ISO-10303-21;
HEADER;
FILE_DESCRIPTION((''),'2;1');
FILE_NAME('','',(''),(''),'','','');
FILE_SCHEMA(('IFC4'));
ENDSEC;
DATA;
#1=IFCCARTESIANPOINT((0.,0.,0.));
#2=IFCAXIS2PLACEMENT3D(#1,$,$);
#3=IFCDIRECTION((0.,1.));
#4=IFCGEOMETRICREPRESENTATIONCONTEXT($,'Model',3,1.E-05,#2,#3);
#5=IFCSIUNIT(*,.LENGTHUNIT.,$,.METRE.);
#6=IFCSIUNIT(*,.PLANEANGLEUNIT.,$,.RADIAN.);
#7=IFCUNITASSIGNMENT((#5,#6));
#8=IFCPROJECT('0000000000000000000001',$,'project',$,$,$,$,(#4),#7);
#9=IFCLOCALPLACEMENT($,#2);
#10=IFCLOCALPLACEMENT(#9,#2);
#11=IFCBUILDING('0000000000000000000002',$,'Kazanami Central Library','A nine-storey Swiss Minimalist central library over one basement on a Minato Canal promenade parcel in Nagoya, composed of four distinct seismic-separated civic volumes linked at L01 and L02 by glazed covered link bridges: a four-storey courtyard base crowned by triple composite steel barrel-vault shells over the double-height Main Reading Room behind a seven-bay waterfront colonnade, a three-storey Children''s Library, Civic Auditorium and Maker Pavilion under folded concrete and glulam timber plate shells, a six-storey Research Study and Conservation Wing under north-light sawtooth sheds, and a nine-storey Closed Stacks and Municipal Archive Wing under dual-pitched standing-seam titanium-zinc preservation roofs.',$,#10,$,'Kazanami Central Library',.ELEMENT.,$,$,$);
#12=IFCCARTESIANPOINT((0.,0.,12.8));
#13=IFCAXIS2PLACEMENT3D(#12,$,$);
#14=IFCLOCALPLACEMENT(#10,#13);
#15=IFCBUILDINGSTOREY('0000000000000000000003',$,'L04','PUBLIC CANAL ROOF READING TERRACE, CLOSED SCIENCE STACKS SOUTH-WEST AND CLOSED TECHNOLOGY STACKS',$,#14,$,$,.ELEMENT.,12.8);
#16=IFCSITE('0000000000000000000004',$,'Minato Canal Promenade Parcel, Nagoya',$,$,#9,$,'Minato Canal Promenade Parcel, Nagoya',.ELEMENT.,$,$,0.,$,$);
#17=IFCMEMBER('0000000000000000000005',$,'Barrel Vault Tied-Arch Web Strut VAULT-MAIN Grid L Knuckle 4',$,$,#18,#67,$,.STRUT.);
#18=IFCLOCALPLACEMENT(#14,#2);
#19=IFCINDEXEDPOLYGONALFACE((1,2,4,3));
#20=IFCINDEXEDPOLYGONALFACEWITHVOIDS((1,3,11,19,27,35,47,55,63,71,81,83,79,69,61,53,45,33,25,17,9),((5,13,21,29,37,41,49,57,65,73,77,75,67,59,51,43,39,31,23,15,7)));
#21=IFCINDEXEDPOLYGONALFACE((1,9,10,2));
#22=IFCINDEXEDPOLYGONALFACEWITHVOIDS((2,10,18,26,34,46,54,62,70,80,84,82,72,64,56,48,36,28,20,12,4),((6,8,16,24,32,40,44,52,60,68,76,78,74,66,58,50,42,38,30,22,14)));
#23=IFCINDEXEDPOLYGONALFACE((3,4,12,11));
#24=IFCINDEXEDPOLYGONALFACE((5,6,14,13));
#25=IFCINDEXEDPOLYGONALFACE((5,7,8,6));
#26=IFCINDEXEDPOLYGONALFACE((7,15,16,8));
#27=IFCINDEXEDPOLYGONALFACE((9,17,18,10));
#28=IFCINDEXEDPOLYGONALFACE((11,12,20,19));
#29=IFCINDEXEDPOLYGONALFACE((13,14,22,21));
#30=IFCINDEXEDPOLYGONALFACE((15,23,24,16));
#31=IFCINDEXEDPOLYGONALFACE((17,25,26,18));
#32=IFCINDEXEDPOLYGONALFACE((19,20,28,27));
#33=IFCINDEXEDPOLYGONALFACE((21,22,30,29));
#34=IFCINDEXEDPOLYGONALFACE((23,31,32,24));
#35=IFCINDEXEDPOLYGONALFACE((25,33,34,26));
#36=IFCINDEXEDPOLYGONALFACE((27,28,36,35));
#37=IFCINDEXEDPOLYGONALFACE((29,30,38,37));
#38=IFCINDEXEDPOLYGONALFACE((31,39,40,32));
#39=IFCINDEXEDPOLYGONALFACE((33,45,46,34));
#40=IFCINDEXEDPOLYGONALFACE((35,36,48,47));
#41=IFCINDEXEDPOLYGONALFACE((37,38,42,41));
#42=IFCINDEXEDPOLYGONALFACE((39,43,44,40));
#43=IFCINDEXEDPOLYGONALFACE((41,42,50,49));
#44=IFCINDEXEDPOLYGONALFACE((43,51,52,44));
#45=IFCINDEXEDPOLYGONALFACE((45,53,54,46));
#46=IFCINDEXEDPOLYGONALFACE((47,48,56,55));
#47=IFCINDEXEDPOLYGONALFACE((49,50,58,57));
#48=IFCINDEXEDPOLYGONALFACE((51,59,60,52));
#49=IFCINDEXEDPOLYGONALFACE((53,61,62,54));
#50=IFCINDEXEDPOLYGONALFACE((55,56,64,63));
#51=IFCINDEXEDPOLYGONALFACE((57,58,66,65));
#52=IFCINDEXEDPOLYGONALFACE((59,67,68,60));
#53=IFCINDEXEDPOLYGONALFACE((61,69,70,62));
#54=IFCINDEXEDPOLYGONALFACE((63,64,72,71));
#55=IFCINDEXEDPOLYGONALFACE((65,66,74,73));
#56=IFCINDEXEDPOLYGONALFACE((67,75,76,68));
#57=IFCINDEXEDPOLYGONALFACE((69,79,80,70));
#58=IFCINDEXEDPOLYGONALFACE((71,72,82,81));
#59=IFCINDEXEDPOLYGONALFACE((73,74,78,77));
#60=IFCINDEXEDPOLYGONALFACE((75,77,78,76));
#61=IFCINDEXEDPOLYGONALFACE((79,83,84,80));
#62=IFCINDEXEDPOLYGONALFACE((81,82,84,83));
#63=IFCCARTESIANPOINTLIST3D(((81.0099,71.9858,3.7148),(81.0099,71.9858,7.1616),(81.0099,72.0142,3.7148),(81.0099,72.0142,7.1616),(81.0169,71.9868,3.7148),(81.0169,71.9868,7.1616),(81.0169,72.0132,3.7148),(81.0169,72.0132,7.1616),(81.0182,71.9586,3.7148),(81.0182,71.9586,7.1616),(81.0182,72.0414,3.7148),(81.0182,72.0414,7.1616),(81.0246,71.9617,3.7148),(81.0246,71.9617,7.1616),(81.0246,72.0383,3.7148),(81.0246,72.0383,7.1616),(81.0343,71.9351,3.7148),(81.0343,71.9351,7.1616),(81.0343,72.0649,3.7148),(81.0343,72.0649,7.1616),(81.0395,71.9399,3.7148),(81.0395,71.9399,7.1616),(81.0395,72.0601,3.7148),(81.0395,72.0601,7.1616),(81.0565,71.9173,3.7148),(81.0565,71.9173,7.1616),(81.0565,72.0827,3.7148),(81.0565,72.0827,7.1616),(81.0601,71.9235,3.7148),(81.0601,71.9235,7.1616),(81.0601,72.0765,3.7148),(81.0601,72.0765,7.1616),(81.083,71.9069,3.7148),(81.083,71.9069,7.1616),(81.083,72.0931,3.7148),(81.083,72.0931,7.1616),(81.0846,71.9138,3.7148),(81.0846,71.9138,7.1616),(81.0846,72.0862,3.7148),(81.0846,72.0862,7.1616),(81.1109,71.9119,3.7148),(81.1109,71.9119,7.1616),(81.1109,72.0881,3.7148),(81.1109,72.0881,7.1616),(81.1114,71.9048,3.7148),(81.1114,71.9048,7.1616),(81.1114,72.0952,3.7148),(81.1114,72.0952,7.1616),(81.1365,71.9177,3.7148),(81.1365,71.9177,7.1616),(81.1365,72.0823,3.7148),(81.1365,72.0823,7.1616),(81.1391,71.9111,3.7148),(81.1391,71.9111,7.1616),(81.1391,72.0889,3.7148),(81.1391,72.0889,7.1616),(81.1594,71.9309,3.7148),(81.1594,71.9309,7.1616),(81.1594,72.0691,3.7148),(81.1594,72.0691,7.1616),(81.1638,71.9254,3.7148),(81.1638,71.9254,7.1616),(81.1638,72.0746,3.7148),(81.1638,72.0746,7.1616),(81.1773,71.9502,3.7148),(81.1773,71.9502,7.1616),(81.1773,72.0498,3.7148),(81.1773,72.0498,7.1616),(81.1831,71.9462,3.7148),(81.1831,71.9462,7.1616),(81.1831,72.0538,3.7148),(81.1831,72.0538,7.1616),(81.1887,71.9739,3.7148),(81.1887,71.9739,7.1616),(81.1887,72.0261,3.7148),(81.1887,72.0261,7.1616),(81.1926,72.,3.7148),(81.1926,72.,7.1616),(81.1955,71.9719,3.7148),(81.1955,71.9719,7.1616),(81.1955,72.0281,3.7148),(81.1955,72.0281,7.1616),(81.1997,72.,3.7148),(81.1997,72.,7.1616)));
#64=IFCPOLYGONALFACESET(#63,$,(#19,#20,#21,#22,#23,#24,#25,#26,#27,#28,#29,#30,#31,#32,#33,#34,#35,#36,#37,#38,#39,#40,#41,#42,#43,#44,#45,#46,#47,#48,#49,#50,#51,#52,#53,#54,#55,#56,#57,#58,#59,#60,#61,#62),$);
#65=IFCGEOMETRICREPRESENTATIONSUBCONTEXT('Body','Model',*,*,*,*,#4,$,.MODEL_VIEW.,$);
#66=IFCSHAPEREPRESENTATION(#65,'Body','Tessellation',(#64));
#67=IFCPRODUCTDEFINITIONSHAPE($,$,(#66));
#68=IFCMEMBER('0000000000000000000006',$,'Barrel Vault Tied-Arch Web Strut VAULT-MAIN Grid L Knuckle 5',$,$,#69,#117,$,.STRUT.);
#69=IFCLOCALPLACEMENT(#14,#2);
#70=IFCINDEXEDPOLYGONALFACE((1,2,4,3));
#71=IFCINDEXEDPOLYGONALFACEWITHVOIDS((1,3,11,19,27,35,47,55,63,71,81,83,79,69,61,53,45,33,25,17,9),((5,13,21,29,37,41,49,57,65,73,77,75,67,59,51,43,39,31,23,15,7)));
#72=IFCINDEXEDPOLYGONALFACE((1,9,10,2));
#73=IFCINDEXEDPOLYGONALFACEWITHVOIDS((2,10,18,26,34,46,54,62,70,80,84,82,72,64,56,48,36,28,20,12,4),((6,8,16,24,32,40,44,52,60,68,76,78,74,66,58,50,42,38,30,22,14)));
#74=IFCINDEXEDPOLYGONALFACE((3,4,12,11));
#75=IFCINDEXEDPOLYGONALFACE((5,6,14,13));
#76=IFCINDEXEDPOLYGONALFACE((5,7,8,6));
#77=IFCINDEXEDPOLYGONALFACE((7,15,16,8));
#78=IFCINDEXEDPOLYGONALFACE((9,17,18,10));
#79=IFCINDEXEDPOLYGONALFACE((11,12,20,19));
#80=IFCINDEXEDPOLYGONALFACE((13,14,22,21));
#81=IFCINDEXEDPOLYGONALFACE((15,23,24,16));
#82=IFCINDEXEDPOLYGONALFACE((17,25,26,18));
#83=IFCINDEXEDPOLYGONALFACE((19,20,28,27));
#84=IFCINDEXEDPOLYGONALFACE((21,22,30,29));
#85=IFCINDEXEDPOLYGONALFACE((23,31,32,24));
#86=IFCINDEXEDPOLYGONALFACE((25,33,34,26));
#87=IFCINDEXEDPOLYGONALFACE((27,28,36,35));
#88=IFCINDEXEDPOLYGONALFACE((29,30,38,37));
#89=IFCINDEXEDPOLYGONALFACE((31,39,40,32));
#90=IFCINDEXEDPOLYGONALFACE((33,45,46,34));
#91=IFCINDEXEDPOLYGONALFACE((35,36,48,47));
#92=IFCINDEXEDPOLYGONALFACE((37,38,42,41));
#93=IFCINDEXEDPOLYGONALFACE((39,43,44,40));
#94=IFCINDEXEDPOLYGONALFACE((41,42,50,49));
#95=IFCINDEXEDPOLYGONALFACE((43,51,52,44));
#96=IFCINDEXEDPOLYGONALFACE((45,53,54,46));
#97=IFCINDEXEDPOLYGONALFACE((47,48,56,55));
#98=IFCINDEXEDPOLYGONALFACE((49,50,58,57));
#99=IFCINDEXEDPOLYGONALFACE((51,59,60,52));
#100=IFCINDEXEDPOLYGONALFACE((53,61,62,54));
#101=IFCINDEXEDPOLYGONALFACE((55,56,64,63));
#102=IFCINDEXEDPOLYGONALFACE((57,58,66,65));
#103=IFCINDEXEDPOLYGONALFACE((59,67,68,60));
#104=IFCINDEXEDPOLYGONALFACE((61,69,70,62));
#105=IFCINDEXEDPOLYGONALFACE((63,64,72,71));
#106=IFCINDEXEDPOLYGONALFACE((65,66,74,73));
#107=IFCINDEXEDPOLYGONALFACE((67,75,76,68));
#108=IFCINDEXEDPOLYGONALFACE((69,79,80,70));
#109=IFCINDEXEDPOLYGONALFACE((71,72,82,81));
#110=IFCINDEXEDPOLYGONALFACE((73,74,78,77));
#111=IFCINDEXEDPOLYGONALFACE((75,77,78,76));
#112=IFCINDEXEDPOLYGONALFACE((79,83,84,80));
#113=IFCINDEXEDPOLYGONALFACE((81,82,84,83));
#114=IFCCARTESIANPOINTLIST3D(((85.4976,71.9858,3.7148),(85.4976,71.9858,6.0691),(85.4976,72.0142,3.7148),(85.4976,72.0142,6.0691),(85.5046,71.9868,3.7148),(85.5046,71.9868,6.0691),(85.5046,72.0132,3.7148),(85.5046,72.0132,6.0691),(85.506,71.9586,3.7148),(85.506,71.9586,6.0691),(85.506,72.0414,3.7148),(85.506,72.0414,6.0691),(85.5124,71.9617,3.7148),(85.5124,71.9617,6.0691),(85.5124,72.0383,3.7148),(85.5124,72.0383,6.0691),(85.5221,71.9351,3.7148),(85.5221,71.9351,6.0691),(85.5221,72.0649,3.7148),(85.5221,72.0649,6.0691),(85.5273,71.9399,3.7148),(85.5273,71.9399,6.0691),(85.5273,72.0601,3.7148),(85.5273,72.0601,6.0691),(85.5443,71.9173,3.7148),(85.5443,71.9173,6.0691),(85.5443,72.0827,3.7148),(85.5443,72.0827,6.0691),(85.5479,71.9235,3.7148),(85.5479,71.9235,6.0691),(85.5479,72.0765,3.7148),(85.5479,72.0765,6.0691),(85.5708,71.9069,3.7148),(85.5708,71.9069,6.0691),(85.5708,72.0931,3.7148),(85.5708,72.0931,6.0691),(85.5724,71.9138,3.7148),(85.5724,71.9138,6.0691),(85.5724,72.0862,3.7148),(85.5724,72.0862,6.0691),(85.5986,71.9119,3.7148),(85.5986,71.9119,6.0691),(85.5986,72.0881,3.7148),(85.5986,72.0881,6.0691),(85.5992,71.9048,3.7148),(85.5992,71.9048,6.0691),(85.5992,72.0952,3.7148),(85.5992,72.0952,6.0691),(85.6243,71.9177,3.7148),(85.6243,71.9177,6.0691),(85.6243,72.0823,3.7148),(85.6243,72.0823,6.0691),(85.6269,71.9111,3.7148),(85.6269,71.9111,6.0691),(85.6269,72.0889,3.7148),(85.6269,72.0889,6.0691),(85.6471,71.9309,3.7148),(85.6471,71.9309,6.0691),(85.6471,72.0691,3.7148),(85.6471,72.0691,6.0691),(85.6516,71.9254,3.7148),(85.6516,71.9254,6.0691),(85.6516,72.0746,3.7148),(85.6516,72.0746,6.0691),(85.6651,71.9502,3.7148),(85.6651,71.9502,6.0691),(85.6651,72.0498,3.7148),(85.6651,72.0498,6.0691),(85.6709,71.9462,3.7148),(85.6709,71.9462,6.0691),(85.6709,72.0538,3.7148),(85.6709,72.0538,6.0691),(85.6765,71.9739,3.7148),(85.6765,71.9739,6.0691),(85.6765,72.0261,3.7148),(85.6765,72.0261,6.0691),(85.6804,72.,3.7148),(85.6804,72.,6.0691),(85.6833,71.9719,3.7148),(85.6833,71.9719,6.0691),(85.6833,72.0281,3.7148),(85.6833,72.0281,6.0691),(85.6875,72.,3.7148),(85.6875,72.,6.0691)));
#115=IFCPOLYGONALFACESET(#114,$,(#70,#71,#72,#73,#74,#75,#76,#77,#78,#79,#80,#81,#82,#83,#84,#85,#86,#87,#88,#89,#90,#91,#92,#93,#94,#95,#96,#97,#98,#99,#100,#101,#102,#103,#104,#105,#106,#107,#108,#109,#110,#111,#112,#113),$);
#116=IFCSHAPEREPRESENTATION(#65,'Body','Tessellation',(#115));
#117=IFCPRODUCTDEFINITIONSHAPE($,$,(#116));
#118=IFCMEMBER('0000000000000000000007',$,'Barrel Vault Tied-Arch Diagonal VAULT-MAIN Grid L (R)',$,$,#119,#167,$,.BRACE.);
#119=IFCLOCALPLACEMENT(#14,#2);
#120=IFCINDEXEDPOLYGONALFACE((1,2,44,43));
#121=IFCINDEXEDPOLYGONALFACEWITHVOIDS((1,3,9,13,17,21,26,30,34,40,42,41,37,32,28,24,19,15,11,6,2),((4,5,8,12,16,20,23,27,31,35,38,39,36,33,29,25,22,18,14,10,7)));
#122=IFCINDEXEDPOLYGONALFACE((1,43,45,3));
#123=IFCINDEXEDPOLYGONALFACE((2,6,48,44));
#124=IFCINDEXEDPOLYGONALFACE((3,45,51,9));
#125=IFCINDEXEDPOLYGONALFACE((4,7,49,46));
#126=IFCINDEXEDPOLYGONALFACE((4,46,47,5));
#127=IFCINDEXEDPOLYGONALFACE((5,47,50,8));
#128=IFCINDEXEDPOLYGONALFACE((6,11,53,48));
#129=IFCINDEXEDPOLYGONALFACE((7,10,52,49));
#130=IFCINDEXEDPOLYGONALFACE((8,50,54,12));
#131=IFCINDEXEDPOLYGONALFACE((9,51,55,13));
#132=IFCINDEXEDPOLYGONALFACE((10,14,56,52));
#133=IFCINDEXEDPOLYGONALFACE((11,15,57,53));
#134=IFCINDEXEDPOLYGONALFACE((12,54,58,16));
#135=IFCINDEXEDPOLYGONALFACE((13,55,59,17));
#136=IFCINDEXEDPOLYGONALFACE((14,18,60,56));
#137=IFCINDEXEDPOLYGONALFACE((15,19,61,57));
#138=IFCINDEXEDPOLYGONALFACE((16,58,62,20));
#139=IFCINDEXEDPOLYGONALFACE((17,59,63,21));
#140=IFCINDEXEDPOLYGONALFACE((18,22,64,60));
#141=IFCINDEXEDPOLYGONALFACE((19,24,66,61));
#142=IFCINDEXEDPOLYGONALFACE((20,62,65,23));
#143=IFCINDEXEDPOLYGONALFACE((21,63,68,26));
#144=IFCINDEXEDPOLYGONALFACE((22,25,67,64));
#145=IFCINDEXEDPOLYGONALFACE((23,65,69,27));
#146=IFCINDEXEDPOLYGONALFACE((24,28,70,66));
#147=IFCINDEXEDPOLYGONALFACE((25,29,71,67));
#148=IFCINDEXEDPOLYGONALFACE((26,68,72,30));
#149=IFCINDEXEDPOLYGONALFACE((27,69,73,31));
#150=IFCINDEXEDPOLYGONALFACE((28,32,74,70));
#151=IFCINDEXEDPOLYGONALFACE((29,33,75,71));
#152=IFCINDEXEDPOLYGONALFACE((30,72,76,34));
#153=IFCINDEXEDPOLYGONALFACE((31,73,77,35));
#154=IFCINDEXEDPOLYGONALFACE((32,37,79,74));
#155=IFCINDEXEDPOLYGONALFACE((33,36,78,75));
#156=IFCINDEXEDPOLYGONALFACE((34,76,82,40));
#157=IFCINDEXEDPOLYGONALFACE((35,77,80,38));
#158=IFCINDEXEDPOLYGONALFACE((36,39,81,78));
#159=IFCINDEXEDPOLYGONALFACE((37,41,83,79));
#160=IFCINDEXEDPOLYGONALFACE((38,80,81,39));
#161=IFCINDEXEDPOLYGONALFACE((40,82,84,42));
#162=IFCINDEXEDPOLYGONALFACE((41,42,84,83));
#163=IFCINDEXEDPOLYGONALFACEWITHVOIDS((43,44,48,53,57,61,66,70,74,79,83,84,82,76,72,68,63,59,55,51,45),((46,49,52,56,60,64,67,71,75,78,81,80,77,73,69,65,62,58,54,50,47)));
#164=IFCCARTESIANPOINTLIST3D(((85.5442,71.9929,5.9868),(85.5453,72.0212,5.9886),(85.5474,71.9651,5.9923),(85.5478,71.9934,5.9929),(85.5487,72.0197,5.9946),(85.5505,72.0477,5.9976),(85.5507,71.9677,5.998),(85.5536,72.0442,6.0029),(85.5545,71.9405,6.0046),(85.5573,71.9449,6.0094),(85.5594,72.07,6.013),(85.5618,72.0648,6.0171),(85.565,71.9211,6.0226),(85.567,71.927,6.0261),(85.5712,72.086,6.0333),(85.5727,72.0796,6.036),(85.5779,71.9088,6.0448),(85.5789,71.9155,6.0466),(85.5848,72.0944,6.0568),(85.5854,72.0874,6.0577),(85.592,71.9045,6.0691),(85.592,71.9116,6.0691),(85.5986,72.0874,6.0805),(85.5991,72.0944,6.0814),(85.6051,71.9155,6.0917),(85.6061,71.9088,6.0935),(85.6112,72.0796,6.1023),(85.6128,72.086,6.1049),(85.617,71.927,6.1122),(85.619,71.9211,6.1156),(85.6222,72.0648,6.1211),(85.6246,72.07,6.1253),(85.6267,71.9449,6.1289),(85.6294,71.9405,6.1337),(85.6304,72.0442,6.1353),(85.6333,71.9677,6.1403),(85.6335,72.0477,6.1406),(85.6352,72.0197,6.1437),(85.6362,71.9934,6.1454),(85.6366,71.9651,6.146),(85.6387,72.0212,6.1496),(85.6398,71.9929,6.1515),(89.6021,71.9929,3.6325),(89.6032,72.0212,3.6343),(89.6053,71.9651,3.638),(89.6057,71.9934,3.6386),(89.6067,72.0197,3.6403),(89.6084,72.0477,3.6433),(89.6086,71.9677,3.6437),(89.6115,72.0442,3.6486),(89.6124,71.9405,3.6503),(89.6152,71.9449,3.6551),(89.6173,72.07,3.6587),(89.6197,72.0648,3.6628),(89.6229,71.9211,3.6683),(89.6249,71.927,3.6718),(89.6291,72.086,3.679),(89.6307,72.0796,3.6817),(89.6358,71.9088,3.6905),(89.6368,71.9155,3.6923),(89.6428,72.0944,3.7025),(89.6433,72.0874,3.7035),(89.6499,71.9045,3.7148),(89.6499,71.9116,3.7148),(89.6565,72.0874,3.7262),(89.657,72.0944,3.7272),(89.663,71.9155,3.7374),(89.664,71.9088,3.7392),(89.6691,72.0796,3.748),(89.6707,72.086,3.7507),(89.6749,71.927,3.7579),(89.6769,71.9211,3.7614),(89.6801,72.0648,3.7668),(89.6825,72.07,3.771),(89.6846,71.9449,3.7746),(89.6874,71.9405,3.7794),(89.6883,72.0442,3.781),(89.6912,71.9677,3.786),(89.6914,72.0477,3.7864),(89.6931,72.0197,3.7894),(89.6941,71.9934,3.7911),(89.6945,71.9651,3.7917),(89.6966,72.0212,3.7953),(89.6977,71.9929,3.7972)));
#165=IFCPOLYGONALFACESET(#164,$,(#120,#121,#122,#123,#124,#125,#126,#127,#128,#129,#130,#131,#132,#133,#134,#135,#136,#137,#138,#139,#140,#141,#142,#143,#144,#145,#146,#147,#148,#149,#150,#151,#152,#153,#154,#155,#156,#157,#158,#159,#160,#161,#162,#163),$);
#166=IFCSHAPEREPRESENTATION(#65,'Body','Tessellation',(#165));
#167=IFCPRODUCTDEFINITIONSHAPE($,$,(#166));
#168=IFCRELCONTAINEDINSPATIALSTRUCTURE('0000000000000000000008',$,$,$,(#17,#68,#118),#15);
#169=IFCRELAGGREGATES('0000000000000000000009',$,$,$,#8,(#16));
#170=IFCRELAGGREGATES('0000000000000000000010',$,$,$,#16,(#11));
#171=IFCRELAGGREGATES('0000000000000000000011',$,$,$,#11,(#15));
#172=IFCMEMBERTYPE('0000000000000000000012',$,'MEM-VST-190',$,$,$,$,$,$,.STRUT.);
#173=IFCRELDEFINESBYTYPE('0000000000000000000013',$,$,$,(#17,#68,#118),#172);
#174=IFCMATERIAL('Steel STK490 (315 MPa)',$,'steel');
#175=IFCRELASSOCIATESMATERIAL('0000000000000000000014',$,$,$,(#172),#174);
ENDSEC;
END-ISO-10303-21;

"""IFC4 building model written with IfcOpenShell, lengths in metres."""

from ifc_helpers import new_model, si_unit, direction, frame, origin, origin_2d, place, context, subcontext, project, spatial, hollow_circle, extrude, material, material_profile, profile_set, type_object, element, save


model = new_model("IFC4")

# Units and contexts
model_context = context("Model", 3, precision=1e-05, world=origin(), true_north=direction((0.0, 1.0)))
body_context = subcontext(model_context, "Body", "Model", "MODEL_VIEW")
ifc_project = project(units=[si_unit("LENGTHUNIT", "METRE"), si_unit("PLANEANGLEUNIT", "RADIAN")], contexts=[model_context])

# Site, building, storey
site_placement = place(None, origin())
site = spatial("IfcSite", under=ifc_project, at=site_placement, Name="Minato Canal Promenade Parcel, Nagoya", LongName="Minato Canal Promenade Parcel, Nagoya", CompositionType="ELEMENT", RefElevation=0.0)
building_placement = place(site_placement, origin())
building = spatial("IfcBuilding", under=site, at=building_placement, Name="Kazanami Central Library", Description="A nine-storey Swiss Minimalist central library over one basement on a Minato Canal promenade parcel in Nagoya, composed of four distinct seismic-separated civic volumes linked at L01 and L02 by glazed covered link bridges: a four-storey courtyard base crowned by triple composite steel barrel-vault shells over the double-height Main Reading Room behind a seven-bay waterfront colonnade, a three-storey Children's Library, Civic Auditorium and Maker Pavilion under folded concrete and glulam timber plate shells, a six-storey Research Study and Conservation Wing under north-light sawtooth sheds, and a nine-storey Closed Stacks and Municipal Archive Wing under dual-pitched standing-seam titanium-zinc preservation roofs.", LongName="Kazanami Central Library", CompositionType="ELEMENT")
storey_placement = place(building_placement, frame((0.0, 0.0, 12.8)))
storey = spatial("IfcBuildingStorey", under=building, at=storey_placement, Name="L04", Description="PUBLIC CANAL ROOF READING TERRACE, CLOSED SCIENCE STACKS SOUTH-WEST AND CLOSED TECHNOLOGY STACKS", CompositionType="ELEMENT", Elevation=12.8)

# Members
ifc_material_1 = material(Name="Steel STK490 (315 MPa)", Category="steel")
ifc_material_profile_1 = material_profile(ifc_material_1, hollow_circle(Radius=0.0955, WallThickness=0.0071, at=origin_2d()), Name="CHS-190.7x7.0")
ifc_profile_set_1 = profile_set([ifc_material_profile_1], Name="Steel STK490 (315 MPa)")
member_type_1 = type_object("IfcMemberType", Name="MEM-VST-190", PredefinedType="STRUT", material=ifc_profile_set_1)
member_1_placement = place(storey_placement, frame((81.1042, 72.0, 3.7148), z_axis=(0.0, 0.0, 1.0), x_axis=(1.0, 0.0, 0.0)))
element("IfcMember", 1, at=member_1_placement, inside=storey, type_object=member_type_1, Name="Barrel Vault Tied-Arch Web Strut VAULT-MAIN Grid L Knuckle 4", PredefinedType="STRUT", context=body_context, shape_type="SweptSolid", body=[
    extrude(hollow_circle(Radius=0.0955, WallThickness=0.0071, at=origin_2d()), origin(), (0.0, 0.0, 1.0), 3.4468),
])
member_2_placement = place(storey_placement, frame((85.592, 72.0, 3.7148), z_axis=(0.0, 0.0, 1.0), x_axis=(1.0, 0.0, 0.0)))
element("IfcMember", 2, at=member_2_placement, inside=storey, type_object=member_type_1, Name="Barrel Vault Tied-Arch Web Strut VAULT-MAIN Grid L Knuckle 5", PredefinedType="STRUT", context=body_context, shape_type="SweptSolid", body=[
    extrude(hollow_circle(Radius=0.0955, WallThickness=0.0071, at=origin_2d()), origin(), (0.0, 0.0, 1.0), 2.3542),
])
member_3_placement = place(storey_placement, frame((89.6499, 72.0, 3.7148), z_axis=(-0.864967, 0.0, 0.501828), x_axis=(0.0, -1.0, 0.0)))
element("IfcMember", 3, at=member_3_placement, inside=storey, type_object=member_type_1, Name="Barrel Vault Tied-Arch Diagonal VAULT-MAIN Grid L (R)", PredefinedType="BRACE", context=body_context, shape_type="SweptSolid", body=[
    extrude(hollow_circle(Radius=0.0955, WallThickness=0.0071, at=origin_2d()), origin(), (0.0, 0.0, 1.0), 4.6914),
])

save(model, "model.ifc")
